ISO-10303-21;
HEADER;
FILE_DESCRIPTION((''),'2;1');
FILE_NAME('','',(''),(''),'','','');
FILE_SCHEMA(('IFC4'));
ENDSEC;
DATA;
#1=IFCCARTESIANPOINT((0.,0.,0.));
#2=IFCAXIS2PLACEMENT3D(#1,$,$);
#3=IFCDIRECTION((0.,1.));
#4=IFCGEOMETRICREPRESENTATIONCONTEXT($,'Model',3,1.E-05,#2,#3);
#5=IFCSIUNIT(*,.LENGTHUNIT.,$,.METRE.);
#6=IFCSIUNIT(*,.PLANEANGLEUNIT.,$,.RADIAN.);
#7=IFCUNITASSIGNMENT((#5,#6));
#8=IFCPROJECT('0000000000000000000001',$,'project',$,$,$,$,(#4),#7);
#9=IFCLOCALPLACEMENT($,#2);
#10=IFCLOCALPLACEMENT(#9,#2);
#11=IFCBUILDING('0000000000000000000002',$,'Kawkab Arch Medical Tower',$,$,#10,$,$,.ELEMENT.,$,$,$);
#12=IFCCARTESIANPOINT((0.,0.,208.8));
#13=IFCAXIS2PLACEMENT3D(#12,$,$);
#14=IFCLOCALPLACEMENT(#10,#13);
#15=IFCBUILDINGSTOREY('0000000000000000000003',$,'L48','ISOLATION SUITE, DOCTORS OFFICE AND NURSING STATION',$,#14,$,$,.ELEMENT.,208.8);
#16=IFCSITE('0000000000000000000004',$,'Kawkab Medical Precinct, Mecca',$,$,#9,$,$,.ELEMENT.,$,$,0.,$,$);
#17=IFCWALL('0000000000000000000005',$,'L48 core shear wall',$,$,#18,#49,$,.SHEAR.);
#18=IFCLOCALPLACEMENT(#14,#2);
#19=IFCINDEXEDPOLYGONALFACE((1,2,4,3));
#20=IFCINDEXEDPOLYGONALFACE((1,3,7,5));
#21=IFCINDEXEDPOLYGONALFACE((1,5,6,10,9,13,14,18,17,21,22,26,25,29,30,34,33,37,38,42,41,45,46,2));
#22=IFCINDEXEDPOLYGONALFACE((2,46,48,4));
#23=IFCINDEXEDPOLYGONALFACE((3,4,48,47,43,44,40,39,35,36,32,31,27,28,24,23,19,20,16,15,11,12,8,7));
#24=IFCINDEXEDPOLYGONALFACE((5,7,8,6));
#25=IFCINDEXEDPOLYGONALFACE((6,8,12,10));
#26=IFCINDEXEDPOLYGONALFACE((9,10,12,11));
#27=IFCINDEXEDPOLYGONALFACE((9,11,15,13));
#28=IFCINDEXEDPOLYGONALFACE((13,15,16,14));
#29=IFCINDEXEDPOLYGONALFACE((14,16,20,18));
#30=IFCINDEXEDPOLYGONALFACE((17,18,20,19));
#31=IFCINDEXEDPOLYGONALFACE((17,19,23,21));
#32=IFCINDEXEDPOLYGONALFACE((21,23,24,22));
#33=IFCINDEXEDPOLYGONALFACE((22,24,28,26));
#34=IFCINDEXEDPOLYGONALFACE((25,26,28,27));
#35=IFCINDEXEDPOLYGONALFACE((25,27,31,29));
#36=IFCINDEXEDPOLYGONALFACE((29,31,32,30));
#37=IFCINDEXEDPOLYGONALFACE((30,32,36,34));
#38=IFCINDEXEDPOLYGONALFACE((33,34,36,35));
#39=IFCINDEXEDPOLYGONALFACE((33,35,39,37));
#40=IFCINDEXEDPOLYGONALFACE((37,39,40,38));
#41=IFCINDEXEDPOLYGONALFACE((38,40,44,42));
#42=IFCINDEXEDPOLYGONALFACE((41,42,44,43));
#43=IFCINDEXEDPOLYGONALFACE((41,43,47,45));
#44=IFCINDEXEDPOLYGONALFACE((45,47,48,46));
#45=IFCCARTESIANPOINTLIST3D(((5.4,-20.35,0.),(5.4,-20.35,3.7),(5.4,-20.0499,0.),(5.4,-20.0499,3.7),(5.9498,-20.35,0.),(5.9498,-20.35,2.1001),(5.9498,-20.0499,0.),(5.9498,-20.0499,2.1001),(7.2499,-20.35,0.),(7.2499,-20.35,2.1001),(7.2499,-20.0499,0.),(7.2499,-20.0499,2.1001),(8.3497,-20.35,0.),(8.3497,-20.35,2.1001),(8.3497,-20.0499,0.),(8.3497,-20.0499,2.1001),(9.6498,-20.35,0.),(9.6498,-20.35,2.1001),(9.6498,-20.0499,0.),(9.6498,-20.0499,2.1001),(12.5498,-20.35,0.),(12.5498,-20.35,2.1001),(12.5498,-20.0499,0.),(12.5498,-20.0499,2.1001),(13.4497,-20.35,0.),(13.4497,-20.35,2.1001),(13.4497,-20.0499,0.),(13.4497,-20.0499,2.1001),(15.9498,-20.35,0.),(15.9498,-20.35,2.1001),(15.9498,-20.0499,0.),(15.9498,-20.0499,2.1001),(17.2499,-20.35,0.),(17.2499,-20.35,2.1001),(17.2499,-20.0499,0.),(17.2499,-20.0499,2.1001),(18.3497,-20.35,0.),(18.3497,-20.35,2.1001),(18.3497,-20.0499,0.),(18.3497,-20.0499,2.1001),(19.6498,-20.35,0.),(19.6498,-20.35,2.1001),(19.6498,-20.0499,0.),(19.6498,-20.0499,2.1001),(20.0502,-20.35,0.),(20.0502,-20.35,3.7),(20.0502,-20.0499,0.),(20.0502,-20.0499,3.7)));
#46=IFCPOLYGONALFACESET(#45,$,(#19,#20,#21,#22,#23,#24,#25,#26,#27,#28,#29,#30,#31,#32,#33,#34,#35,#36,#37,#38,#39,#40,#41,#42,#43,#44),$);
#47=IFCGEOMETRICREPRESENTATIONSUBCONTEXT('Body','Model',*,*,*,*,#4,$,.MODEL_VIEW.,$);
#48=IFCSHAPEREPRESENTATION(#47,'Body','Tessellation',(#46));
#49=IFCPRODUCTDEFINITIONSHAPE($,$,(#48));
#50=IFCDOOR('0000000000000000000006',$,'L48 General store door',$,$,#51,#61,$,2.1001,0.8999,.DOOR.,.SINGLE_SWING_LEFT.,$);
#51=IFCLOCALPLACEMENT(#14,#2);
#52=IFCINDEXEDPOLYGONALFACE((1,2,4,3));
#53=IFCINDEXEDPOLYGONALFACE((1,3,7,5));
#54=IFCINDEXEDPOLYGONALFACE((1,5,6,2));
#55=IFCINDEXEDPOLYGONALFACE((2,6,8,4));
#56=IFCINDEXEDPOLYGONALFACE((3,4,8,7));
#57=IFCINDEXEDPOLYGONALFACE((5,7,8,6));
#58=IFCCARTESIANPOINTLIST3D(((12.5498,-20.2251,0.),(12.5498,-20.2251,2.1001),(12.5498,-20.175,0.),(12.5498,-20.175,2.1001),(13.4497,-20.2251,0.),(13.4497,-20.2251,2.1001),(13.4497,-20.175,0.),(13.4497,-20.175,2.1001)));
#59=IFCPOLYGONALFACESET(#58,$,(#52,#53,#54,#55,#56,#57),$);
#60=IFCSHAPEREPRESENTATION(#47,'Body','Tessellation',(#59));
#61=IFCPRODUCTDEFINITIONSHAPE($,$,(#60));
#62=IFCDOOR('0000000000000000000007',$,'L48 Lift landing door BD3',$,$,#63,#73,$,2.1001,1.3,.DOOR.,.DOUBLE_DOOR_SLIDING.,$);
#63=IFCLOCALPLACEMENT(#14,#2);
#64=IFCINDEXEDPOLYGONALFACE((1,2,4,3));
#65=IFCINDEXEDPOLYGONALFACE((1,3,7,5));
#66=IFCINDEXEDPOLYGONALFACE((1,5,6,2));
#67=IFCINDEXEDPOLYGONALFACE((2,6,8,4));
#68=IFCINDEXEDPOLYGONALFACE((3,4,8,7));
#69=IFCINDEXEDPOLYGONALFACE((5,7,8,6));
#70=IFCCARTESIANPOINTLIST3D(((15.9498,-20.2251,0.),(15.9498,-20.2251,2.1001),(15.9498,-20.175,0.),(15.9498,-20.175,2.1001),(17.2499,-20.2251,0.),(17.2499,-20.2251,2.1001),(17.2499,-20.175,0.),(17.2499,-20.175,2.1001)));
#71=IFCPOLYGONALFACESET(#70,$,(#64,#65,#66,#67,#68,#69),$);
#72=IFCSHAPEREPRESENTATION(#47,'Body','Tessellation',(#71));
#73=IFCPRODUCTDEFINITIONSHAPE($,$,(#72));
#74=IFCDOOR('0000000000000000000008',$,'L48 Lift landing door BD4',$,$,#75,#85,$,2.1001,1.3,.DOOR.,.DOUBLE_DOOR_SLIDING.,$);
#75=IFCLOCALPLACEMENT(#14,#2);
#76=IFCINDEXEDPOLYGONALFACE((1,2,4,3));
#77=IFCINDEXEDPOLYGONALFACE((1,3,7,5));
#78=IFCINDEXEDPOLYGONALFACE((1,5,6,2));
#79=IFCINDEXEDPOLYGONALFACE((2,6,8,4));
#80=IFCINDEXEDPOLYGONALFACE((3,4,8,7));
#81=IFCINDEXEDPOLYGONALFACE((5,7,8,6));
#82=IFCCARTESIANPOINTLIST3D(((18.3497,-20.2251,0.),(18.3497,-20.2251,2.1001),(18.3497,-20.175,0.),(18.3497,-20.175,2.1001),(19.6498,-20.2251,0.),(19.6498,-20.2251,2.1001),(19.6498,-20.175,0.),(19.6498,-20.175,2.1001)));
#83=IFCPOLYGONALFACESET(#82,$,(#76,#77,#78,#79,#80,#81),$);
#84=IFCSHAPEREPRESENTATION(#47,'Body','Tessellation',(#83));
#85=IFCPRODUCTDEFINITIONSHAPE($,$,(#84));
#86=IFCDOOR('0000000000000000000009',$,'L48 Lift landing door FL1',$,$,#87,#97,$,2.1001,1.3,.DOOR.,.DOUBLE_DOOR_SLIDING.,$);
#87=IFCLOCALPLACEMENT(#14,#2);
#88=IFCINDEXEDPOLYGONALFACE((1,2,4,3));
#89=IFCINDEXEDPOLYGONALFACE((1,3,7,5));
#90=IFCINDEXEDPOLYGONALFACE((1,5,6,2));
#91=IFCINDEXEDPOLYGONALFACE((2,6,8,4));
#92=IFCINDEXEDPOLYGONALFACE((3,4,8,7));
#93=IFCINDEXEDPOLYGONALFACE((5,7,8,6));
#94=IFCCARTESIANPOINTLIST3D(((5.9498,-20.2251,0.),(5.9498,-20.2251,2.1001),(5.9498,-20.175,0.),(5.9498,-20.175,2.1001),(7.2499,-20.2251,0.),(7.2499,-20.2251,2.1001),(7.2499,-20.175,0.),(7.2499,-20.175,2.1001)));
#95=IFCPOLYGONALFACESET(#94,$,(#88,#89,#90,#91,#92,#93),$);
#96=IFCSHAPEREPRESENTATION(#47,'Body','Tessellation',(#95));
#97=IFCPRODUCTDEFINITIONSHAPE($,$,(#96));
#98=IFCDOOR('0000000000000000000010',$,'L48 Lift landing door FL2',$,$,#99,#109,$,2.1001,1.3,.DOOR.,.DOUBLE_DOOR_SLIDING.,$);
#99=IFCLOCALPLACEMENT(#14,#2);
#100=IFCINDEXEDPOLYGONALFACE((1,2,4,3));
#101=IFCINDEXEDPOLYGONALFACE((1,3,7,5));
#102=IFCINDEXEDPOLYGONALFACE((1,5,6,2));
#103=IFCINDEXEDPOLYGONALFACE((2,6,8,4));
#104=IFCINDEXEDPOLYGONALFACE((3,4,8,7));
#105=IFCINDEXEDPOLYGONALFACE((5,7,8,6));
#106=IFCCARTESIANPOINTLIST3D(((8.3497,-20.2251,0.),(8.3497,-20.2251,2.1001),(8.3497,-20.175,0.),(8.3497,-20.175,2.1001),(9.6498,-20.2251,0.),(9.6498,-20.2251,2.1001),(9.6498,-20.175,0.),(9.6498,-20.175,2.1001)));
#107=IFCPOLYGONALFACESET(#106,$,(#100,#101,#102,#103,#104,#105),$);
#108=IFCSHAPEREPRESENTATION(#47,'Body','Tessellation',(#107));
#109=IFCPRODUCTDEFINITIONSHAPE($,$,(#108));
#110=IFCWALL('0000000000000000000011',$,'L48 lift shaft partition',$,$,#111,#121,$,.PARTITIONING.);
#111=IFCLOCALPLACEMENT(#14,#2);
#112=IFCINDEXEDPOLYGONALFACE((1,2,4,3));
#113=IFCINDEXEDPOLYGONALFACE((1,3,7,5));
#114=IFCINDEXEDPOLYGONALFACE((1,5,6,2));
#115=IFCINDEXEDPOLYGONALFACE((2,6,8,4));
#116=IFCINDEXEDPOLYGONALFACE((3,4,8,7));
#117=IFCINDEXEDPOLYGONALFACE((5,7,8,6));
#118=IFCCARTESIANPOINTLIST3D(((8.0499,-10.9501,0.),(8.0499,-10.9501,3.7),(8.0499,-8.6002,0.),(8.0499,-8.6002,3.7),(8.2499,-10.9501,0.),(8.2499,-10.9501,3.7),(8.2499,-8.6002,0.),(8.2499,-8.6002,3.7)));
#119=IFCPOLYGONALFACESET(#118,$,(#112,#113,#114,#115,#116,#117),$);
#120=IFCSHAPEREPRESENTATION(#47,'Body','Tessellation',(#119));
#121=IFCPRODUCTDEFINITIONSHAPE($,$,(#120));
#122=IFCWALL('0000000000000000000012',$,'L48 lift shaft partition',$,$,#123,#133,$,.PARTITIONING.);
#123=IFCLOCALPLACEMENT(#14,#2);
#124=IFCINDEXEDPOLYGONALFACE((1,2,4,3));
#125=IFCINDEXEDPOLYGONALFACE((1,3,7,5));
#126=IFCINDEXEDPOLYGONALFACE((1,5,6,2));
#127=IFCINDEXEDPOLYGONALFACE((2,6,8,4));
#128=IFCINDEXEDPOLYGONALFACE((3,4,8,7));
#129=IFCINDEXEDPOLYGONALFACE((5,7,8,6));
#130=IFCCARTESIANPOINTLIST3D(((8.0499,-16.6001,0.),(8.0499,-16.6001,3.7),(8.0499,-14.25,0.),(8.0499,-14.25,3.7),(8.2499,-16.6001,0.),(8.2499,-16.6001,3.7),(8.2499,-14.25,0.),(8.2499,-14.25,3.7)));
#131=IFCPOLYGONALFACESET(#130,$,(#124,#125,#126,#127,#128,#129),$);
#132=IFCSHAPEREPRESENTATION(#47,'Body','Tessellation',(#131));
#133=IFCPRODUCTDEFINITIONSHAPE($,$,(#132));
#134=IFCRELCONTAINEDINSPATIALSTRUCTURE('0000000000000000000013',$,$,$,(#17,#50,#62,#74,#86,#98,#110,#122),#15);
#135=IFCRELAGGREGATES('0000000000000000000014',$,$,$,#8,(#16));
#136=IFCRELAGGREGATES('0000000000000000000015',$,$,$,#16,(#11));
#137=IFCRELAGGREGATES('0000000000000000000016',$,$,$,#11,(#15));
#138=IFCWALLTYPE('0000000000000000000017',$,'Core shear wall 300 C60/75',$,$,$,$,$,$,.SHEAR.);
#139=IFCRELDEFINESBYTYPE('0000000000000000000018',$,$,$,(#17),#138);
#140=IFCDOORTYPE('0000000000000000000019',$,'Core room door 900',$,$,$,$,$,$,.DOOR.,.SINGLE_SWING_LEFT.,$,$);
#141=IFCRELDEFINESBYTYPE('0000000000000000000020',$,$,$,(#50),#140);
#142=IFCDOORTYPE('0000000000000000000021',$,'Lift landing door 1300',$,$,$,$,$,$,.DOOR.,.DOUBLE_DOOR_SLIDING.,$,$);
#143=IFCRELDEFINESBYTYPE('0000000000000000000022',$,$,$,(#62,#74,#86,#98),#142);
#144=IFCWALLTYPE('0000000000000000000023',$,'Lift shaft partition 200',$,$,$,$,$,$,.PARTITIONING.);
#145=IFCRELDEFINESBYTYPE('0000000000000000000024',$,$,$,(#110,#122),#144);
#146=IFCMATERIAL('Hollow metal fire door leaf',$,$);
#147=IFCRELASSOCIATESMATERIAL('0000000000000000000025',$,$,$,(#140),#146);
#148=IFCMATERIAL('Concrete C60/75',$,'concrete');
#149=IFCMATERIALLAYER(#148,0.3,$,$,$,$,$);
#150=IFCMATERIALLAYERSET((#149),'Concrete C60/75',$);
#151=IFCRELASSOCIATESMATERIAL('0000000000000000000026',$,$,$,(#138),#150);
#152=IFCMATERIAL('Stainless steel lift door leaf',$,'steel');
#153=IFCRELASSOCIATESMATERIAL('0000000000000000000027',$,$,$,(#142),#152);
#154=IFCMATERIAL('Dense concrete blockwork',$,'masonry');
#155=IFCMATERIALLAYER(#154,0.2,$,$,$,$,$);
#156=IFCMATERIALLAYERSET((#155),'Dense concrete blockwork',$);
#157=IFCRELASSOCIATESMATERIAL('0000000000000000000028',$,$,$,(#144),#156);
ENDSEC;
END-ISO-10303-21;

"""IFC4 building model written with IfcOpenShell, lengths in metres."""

from ifc_helpers import new_model, si_unit, direction, frame, frame_2d, origin, place, context, subcontext, project, spatial, rectangle, extrude, material, layer, layer_set, type_object, element, fill, save


model = new_model("IFC4")

# Units and contexts
model_context = context("Model", 3, precision=1e-05, world=origin(), true_north=direction((0.0, 1.0)))
body_context = subcontext(model_context, "Body", "Model", "MODEL_VIEW")
ifc_project = project(units=[si_unit("LENGTHUNIT", "METRE"), si_unit("PLANEANGLEUNIT", "RADIAN")], contexts=[model_context])

# Site, building, storey
site_placement = place(None, origin())
site = spatial("IfcSite", under=ifc_project, at=site_placement, Name="Kawkab Medical Precinct, Mecca", CompositionType="ELEMENT", RefElevation=0.0)
building_placement = place(site_placement, origin())
building = spatial("IfcBuilding", under=site, at=building_placement, Name="Kawkab Arch Medical Tower", CompositionType="ELEMENT")
storey_placement = place(building_placement, frame((0.0, 0.0, 208.8)))
storey = spatial("IfcBuildingStorey", under=building, at=storey_placement, Name="L48", Description="ISOLATION SUITE, DOCTORS OFFICE AND NURSING STATION", CompositionType="ELEMENT", Elevation=208.8)

# Shared definitions
ifc_material_1 = material(Name="Hollow metal fire door leaf")
door_type_1 = type_object("IfcDoorType", Name="Core room door 900", OperationType="SINGLE_SWING_LEFT", PredefinedType="DOOR", material=ifc_material_1)

# Shared definitions
ifc_material_2 = material(Name="Concrete C60/75", Category="concrete")
ifc_layer_1 = layer(ifc_material_2, 0.3)
ifc_layer_set_1 = layer_set([ifc_layer_1], Name="Concrete C60/75")
wall_type_1 = type_object("IfcWallType", Name="Core shear wall 300 C60/75", PredefinedType="SHEAR", material=ifc_layer_set_1)

# Wall, openings, doors
wall_1_placement = place(storey_placement, frame((5.3999, -20.2, 0.0), z_axis=(0.0, 0.0, 1.0), x_axis=(1.0, 0.0, 0.0)))
wall_1 = element("IfcWall", 1, at=wall_1_placement, inside=storey, type_object=wall_type_1, Name="L48 core shear wall", PredefinedType="SHEAR", context=body_context, shape_type="SweptSolid", body=[
    extrude(rectangle(XDim=14.6501, YDim=0.3, at=frame_2d((7.3252, 0.0))), origin(), (0.0, 0.0, 1.0), 3.7),
])
opening_1_placement = place(wall_1_placement, frame((10.55, 0.0, 0.0)))
opening_1 = element("IfcOpeningElement", 2, at=opening_1_placement, cuts=wall_1, PredefinedType="OPENING", context=body_context, shape_type="SweptSolid", body=[
    extrude(rectangle(XDim=1.3, YDim=2.1001, at=frame_2d((0.6499, 1.05))), frame((0.0, 0.1599, 0.0), z_axis=(0.0, -1.0, 0.0), x_axis=(1.0, 0.0, 0.0)), (0.0, 0.0, 1.0), 0.3201),
])
opening_2_placement = place(wall_1_placement, frame((12.95, 0.0, 0.0)))
opening_2 = element("IfcOpeningElement", 3, at=opening_2_placement, cuts=wall_1, PredefinedType="OPENING", context=body_context, shape_type="SweptSolid", body=[
    extrude(rectangle(XDim=1.3, YDim=2.1001, at=frame_2d((0.6499, 1.05))), frame((0.0, 0.1599, 0.0), z_axis=(0.0, -1.0, 0.0), x_axis=(1.0, 0.0, 0.0)), (0.0, 0.0, 1.0), 0.3201),
])
opening_3_placement = place(wall_1_placement, frame((0.55, 0.0, 0.0)))
opening_3 = element("IfcOpeningElement", 4, at=opening_3_placement, cuts=wall_1, PredefinedType="OPENING", context=body_context, shape_type="SweptSolid", body=[
    extrude(rectangle(XDim=1.3, YDim=2.1001, at=frame_2d((0.6499, 1.05))), frame((0.0, 0.1599, 0.0), z_axis=(0.0, -1.0, 0.0), x_axis=(1.0, 0.0, 0.0)), (0.0, 0.0, 1.0), 0.3201),
])
opening_4_placement = place(wall_1_placement, frame((2.95, 0.0, 0.0)))
opening_4 = element("IfcOpeningElement", 5, at=opening_4_placement, cuts=wall_1, PredefinedType="OPENING", context=body_context, shape_type="SweptSolid", body=[
    extrude(rectangle(XDim=1.3, YDim=2.1001, at=frame_2d((0.6499, 1.05))), frame((0.0, 0.1599, 0.0), z_axis=(0.0, -1.0, 0.0), x_axis=(1.0, 0.0, 0.0)), (0.0, 0.0, 1.0), 0.3201),
])
opening_5_placement = place(wall_1_placement, frame((7.1499, 0.0, 0.0)))
opening_5 = element("IfcOpeningElement", 6, at=opening_5_placement, cuts=wall_1, PredefinedType="OPENING", context=body_context, shape_type="SweptSolid", body=[
    extrude(rectangle(XDim=0.8999, YDim=2.1001, at=frame_2d((0.45, 1.05))), frame((0.0, 0.1599, 0.0), z_axis=(0.0, -1.0, 0.0), x_axis=(1.0, 0.0, 0.0)), (0.0, 0.0, 1.0), 0.3201),
])
door_1_placement = place(opening_5_placement, origin())
door_1 = element("IfcDoor", 7, at=door_1_placement, inside=storey, type_object=door_type_1, Name="L48 General store door", OperationType="SINGLE_SWING_LEFT", OverallHeight=2.1001, OverallWidth=0.8999, PredefinedType="DOOR", context=body_context, shape_type="SweptSolid", body=[
    extrude(rectangle(XDim=0.8999, YDim=2.1001, at=frame_2d((0.45, 1.05))), frame((0.0, 0.0249, 0.0), z_axis=(0.0, -1.0, 0.0), x_axis=(1.0, 0.0, 0.0)), (0.0, 0.0, 1.0), 0.05),
])
fill(opening_5, door_1)
ifc_material_3 = material(Name="Stainless steel lift door leaf", Category="steel")
door_type_2 = type_object("IfcDoorType", Name="Lift landing door 1300", OperationType="DOUBLE_DOOR_SLIDING", PredefinedType="DOOR", material=ifc_material_3)
door_2_placement = place(opening_1_placement, origin())
door_2 = element("IfcDoor", 8, at=door_2_placement, inside=storey, type_object=door_type_2, Name="L48 Lift landing door BD3", OperationType="DOUBLE_DOOR_SLIDING", OverallHeight=2.1001, OverallWidth=1.3, PredefinedType="DOOR", context=body_context, shape_type="SweptSolid", body=[
    extrude(rectangle(XDim=1.3, YDim=2.1001, at=frame_2d((0.6499, 1.05))), frame((0.0, 0.0249, 0.0), z_axis=(0.0, -1.0, 0.0), x_axis=(1.0, 0.0, 0.0)), (0.0, 0.0, 1.0), 0.05),
])
fill(opening_1, door_2)
door_3_placement = place(opening_2_placement, origin())
door_3 = element("IfcDoor", 9, at=door_3_placement, inside=storey, type_object=door_type_2, Name="L48 Lift landing door BD4", OperationType="DOUBLE_DOOR_SLIDING", OverallHeight=2.1001, OverallWidth=1.3, PredefinedType="DOOR", context=body_context, shape_type="SweptSolid", body=[
    extrude(rectangle(XDim=1.3, YDim=2.1001, at=frame_2d((0.6499, 1.05))), frame((0.0, 0.0249, 0.0), z_axis=(0.0, -1.0, 0.0), x_axis=(1.0, 0.0, 0.0)), (0.0, 0.0, 1.0), 0.05),
])
fill(opening_2, door_3)
door_4_placement = place(opening_3_placement, origin())
door_4 = element("IfcDoor", 10, at=door_4_placement, inside=storey, type_object=door_type_2, Name="L48 Lift landing door FL1", OperationType="DOUBLE_DOOR_SLIDING", OverallHeight=2.1001, OverallWidth=1.3, PredefinedType="DOOR", context=body_context, shape_type="SweptSolid", body=[
    extrude(rectangle(XDim=1.3, YDim=2.1001, at=frame_2d((0.6499, 1.05))), frame((0.0, 0.0249, 0.0), z_axis=(0.0, -1.0, 0.0), x_axis=(1.0, 0.0, 0.0)), (0.0, 0.0, 1.0), 0.05),
])
fill(opening_3, door_4)
door_5_placement = place(opening_4_placement, origin())
door_5 = element("IfcDoor", 11, at=door_5_placement, inside=storey, type_object=door_type_2, Name="L48 Lift landing door FL2", OperationType="DOUBLE_DOOR_SLIDING", OverallHeight=2.1001, OverallWidth=1.3, PredefinedType="DOOR", context=body_context, shape_type="SweptSolid", body=[
    extrude(rectangle(XDim=1.3, YDim=2.1001, at=frame_2d((0.6499, 1.05))), frame((0.0, 0.0249, 0.0), z_axis=(0.0, -1.0, 0.0), x_axis=(1.0, 0.0, 0.0)), (0.0, 0.0, 1.0), 0.05),
])
fill(opening_4, door_5)

# Walls
ifc_material_4 = material(Name="Dense concrete blockwork", Category="masonry")
ifc_layer_2 = layer(ifc_material_4, 0.2)
ifc_layer_set_2 = layer_set([ifc_layer_2], Name="Dense concrete blockwork")
wall_type_2 = type_object("IfcWallType", Name="Lift shaft partition 200", PredefinedType="PARTITIONING", material=ifc_layer_set_2)
wall_2_placement = place(storey_placement, frame((8.1499, -10.95, 0.0), z_axis=(0.0, 0.0, 1.0), x_axis=(0.0, 1.0, 0.0)))
element("IfcWall", 12, at=wall_2_placement, inside=storey, type_object=wall_type_2, Name="L48 lift shaft partition", PredefinedType="PARTITIONING", context=body_context, shape_type="SweptSolid", body=[
    extrude(rectangle(XDim=2.3499, YDim=0.2, at=frame_2d((1.1748, 0.0))), origin(), (0.0, 0.0, 1.0), 3.7),
])
wall_3_placement = place(storey_placement, frame((8.1499, -16.6001, 0.0), z_axis=(0.0, 0.0, 1.0), x_axis=(0.0, 1.0, 0.0)))
element("IfcWall", 13, at=wall_3_placement, inside=storey, type_object=wall_type_2, Name="L48 lift shaft partition", PredefinedType="PARTITIONING", context=body_context, shape_type="SweptSolid", body=[
    extrude(rectangle(XDim=2.3501, YDim=0.2, at=frame_2d((1.175, 0.0))), origin(), (0.0, 0.0, 1.0), 3.7),
])

save(model, "model.ifc")
